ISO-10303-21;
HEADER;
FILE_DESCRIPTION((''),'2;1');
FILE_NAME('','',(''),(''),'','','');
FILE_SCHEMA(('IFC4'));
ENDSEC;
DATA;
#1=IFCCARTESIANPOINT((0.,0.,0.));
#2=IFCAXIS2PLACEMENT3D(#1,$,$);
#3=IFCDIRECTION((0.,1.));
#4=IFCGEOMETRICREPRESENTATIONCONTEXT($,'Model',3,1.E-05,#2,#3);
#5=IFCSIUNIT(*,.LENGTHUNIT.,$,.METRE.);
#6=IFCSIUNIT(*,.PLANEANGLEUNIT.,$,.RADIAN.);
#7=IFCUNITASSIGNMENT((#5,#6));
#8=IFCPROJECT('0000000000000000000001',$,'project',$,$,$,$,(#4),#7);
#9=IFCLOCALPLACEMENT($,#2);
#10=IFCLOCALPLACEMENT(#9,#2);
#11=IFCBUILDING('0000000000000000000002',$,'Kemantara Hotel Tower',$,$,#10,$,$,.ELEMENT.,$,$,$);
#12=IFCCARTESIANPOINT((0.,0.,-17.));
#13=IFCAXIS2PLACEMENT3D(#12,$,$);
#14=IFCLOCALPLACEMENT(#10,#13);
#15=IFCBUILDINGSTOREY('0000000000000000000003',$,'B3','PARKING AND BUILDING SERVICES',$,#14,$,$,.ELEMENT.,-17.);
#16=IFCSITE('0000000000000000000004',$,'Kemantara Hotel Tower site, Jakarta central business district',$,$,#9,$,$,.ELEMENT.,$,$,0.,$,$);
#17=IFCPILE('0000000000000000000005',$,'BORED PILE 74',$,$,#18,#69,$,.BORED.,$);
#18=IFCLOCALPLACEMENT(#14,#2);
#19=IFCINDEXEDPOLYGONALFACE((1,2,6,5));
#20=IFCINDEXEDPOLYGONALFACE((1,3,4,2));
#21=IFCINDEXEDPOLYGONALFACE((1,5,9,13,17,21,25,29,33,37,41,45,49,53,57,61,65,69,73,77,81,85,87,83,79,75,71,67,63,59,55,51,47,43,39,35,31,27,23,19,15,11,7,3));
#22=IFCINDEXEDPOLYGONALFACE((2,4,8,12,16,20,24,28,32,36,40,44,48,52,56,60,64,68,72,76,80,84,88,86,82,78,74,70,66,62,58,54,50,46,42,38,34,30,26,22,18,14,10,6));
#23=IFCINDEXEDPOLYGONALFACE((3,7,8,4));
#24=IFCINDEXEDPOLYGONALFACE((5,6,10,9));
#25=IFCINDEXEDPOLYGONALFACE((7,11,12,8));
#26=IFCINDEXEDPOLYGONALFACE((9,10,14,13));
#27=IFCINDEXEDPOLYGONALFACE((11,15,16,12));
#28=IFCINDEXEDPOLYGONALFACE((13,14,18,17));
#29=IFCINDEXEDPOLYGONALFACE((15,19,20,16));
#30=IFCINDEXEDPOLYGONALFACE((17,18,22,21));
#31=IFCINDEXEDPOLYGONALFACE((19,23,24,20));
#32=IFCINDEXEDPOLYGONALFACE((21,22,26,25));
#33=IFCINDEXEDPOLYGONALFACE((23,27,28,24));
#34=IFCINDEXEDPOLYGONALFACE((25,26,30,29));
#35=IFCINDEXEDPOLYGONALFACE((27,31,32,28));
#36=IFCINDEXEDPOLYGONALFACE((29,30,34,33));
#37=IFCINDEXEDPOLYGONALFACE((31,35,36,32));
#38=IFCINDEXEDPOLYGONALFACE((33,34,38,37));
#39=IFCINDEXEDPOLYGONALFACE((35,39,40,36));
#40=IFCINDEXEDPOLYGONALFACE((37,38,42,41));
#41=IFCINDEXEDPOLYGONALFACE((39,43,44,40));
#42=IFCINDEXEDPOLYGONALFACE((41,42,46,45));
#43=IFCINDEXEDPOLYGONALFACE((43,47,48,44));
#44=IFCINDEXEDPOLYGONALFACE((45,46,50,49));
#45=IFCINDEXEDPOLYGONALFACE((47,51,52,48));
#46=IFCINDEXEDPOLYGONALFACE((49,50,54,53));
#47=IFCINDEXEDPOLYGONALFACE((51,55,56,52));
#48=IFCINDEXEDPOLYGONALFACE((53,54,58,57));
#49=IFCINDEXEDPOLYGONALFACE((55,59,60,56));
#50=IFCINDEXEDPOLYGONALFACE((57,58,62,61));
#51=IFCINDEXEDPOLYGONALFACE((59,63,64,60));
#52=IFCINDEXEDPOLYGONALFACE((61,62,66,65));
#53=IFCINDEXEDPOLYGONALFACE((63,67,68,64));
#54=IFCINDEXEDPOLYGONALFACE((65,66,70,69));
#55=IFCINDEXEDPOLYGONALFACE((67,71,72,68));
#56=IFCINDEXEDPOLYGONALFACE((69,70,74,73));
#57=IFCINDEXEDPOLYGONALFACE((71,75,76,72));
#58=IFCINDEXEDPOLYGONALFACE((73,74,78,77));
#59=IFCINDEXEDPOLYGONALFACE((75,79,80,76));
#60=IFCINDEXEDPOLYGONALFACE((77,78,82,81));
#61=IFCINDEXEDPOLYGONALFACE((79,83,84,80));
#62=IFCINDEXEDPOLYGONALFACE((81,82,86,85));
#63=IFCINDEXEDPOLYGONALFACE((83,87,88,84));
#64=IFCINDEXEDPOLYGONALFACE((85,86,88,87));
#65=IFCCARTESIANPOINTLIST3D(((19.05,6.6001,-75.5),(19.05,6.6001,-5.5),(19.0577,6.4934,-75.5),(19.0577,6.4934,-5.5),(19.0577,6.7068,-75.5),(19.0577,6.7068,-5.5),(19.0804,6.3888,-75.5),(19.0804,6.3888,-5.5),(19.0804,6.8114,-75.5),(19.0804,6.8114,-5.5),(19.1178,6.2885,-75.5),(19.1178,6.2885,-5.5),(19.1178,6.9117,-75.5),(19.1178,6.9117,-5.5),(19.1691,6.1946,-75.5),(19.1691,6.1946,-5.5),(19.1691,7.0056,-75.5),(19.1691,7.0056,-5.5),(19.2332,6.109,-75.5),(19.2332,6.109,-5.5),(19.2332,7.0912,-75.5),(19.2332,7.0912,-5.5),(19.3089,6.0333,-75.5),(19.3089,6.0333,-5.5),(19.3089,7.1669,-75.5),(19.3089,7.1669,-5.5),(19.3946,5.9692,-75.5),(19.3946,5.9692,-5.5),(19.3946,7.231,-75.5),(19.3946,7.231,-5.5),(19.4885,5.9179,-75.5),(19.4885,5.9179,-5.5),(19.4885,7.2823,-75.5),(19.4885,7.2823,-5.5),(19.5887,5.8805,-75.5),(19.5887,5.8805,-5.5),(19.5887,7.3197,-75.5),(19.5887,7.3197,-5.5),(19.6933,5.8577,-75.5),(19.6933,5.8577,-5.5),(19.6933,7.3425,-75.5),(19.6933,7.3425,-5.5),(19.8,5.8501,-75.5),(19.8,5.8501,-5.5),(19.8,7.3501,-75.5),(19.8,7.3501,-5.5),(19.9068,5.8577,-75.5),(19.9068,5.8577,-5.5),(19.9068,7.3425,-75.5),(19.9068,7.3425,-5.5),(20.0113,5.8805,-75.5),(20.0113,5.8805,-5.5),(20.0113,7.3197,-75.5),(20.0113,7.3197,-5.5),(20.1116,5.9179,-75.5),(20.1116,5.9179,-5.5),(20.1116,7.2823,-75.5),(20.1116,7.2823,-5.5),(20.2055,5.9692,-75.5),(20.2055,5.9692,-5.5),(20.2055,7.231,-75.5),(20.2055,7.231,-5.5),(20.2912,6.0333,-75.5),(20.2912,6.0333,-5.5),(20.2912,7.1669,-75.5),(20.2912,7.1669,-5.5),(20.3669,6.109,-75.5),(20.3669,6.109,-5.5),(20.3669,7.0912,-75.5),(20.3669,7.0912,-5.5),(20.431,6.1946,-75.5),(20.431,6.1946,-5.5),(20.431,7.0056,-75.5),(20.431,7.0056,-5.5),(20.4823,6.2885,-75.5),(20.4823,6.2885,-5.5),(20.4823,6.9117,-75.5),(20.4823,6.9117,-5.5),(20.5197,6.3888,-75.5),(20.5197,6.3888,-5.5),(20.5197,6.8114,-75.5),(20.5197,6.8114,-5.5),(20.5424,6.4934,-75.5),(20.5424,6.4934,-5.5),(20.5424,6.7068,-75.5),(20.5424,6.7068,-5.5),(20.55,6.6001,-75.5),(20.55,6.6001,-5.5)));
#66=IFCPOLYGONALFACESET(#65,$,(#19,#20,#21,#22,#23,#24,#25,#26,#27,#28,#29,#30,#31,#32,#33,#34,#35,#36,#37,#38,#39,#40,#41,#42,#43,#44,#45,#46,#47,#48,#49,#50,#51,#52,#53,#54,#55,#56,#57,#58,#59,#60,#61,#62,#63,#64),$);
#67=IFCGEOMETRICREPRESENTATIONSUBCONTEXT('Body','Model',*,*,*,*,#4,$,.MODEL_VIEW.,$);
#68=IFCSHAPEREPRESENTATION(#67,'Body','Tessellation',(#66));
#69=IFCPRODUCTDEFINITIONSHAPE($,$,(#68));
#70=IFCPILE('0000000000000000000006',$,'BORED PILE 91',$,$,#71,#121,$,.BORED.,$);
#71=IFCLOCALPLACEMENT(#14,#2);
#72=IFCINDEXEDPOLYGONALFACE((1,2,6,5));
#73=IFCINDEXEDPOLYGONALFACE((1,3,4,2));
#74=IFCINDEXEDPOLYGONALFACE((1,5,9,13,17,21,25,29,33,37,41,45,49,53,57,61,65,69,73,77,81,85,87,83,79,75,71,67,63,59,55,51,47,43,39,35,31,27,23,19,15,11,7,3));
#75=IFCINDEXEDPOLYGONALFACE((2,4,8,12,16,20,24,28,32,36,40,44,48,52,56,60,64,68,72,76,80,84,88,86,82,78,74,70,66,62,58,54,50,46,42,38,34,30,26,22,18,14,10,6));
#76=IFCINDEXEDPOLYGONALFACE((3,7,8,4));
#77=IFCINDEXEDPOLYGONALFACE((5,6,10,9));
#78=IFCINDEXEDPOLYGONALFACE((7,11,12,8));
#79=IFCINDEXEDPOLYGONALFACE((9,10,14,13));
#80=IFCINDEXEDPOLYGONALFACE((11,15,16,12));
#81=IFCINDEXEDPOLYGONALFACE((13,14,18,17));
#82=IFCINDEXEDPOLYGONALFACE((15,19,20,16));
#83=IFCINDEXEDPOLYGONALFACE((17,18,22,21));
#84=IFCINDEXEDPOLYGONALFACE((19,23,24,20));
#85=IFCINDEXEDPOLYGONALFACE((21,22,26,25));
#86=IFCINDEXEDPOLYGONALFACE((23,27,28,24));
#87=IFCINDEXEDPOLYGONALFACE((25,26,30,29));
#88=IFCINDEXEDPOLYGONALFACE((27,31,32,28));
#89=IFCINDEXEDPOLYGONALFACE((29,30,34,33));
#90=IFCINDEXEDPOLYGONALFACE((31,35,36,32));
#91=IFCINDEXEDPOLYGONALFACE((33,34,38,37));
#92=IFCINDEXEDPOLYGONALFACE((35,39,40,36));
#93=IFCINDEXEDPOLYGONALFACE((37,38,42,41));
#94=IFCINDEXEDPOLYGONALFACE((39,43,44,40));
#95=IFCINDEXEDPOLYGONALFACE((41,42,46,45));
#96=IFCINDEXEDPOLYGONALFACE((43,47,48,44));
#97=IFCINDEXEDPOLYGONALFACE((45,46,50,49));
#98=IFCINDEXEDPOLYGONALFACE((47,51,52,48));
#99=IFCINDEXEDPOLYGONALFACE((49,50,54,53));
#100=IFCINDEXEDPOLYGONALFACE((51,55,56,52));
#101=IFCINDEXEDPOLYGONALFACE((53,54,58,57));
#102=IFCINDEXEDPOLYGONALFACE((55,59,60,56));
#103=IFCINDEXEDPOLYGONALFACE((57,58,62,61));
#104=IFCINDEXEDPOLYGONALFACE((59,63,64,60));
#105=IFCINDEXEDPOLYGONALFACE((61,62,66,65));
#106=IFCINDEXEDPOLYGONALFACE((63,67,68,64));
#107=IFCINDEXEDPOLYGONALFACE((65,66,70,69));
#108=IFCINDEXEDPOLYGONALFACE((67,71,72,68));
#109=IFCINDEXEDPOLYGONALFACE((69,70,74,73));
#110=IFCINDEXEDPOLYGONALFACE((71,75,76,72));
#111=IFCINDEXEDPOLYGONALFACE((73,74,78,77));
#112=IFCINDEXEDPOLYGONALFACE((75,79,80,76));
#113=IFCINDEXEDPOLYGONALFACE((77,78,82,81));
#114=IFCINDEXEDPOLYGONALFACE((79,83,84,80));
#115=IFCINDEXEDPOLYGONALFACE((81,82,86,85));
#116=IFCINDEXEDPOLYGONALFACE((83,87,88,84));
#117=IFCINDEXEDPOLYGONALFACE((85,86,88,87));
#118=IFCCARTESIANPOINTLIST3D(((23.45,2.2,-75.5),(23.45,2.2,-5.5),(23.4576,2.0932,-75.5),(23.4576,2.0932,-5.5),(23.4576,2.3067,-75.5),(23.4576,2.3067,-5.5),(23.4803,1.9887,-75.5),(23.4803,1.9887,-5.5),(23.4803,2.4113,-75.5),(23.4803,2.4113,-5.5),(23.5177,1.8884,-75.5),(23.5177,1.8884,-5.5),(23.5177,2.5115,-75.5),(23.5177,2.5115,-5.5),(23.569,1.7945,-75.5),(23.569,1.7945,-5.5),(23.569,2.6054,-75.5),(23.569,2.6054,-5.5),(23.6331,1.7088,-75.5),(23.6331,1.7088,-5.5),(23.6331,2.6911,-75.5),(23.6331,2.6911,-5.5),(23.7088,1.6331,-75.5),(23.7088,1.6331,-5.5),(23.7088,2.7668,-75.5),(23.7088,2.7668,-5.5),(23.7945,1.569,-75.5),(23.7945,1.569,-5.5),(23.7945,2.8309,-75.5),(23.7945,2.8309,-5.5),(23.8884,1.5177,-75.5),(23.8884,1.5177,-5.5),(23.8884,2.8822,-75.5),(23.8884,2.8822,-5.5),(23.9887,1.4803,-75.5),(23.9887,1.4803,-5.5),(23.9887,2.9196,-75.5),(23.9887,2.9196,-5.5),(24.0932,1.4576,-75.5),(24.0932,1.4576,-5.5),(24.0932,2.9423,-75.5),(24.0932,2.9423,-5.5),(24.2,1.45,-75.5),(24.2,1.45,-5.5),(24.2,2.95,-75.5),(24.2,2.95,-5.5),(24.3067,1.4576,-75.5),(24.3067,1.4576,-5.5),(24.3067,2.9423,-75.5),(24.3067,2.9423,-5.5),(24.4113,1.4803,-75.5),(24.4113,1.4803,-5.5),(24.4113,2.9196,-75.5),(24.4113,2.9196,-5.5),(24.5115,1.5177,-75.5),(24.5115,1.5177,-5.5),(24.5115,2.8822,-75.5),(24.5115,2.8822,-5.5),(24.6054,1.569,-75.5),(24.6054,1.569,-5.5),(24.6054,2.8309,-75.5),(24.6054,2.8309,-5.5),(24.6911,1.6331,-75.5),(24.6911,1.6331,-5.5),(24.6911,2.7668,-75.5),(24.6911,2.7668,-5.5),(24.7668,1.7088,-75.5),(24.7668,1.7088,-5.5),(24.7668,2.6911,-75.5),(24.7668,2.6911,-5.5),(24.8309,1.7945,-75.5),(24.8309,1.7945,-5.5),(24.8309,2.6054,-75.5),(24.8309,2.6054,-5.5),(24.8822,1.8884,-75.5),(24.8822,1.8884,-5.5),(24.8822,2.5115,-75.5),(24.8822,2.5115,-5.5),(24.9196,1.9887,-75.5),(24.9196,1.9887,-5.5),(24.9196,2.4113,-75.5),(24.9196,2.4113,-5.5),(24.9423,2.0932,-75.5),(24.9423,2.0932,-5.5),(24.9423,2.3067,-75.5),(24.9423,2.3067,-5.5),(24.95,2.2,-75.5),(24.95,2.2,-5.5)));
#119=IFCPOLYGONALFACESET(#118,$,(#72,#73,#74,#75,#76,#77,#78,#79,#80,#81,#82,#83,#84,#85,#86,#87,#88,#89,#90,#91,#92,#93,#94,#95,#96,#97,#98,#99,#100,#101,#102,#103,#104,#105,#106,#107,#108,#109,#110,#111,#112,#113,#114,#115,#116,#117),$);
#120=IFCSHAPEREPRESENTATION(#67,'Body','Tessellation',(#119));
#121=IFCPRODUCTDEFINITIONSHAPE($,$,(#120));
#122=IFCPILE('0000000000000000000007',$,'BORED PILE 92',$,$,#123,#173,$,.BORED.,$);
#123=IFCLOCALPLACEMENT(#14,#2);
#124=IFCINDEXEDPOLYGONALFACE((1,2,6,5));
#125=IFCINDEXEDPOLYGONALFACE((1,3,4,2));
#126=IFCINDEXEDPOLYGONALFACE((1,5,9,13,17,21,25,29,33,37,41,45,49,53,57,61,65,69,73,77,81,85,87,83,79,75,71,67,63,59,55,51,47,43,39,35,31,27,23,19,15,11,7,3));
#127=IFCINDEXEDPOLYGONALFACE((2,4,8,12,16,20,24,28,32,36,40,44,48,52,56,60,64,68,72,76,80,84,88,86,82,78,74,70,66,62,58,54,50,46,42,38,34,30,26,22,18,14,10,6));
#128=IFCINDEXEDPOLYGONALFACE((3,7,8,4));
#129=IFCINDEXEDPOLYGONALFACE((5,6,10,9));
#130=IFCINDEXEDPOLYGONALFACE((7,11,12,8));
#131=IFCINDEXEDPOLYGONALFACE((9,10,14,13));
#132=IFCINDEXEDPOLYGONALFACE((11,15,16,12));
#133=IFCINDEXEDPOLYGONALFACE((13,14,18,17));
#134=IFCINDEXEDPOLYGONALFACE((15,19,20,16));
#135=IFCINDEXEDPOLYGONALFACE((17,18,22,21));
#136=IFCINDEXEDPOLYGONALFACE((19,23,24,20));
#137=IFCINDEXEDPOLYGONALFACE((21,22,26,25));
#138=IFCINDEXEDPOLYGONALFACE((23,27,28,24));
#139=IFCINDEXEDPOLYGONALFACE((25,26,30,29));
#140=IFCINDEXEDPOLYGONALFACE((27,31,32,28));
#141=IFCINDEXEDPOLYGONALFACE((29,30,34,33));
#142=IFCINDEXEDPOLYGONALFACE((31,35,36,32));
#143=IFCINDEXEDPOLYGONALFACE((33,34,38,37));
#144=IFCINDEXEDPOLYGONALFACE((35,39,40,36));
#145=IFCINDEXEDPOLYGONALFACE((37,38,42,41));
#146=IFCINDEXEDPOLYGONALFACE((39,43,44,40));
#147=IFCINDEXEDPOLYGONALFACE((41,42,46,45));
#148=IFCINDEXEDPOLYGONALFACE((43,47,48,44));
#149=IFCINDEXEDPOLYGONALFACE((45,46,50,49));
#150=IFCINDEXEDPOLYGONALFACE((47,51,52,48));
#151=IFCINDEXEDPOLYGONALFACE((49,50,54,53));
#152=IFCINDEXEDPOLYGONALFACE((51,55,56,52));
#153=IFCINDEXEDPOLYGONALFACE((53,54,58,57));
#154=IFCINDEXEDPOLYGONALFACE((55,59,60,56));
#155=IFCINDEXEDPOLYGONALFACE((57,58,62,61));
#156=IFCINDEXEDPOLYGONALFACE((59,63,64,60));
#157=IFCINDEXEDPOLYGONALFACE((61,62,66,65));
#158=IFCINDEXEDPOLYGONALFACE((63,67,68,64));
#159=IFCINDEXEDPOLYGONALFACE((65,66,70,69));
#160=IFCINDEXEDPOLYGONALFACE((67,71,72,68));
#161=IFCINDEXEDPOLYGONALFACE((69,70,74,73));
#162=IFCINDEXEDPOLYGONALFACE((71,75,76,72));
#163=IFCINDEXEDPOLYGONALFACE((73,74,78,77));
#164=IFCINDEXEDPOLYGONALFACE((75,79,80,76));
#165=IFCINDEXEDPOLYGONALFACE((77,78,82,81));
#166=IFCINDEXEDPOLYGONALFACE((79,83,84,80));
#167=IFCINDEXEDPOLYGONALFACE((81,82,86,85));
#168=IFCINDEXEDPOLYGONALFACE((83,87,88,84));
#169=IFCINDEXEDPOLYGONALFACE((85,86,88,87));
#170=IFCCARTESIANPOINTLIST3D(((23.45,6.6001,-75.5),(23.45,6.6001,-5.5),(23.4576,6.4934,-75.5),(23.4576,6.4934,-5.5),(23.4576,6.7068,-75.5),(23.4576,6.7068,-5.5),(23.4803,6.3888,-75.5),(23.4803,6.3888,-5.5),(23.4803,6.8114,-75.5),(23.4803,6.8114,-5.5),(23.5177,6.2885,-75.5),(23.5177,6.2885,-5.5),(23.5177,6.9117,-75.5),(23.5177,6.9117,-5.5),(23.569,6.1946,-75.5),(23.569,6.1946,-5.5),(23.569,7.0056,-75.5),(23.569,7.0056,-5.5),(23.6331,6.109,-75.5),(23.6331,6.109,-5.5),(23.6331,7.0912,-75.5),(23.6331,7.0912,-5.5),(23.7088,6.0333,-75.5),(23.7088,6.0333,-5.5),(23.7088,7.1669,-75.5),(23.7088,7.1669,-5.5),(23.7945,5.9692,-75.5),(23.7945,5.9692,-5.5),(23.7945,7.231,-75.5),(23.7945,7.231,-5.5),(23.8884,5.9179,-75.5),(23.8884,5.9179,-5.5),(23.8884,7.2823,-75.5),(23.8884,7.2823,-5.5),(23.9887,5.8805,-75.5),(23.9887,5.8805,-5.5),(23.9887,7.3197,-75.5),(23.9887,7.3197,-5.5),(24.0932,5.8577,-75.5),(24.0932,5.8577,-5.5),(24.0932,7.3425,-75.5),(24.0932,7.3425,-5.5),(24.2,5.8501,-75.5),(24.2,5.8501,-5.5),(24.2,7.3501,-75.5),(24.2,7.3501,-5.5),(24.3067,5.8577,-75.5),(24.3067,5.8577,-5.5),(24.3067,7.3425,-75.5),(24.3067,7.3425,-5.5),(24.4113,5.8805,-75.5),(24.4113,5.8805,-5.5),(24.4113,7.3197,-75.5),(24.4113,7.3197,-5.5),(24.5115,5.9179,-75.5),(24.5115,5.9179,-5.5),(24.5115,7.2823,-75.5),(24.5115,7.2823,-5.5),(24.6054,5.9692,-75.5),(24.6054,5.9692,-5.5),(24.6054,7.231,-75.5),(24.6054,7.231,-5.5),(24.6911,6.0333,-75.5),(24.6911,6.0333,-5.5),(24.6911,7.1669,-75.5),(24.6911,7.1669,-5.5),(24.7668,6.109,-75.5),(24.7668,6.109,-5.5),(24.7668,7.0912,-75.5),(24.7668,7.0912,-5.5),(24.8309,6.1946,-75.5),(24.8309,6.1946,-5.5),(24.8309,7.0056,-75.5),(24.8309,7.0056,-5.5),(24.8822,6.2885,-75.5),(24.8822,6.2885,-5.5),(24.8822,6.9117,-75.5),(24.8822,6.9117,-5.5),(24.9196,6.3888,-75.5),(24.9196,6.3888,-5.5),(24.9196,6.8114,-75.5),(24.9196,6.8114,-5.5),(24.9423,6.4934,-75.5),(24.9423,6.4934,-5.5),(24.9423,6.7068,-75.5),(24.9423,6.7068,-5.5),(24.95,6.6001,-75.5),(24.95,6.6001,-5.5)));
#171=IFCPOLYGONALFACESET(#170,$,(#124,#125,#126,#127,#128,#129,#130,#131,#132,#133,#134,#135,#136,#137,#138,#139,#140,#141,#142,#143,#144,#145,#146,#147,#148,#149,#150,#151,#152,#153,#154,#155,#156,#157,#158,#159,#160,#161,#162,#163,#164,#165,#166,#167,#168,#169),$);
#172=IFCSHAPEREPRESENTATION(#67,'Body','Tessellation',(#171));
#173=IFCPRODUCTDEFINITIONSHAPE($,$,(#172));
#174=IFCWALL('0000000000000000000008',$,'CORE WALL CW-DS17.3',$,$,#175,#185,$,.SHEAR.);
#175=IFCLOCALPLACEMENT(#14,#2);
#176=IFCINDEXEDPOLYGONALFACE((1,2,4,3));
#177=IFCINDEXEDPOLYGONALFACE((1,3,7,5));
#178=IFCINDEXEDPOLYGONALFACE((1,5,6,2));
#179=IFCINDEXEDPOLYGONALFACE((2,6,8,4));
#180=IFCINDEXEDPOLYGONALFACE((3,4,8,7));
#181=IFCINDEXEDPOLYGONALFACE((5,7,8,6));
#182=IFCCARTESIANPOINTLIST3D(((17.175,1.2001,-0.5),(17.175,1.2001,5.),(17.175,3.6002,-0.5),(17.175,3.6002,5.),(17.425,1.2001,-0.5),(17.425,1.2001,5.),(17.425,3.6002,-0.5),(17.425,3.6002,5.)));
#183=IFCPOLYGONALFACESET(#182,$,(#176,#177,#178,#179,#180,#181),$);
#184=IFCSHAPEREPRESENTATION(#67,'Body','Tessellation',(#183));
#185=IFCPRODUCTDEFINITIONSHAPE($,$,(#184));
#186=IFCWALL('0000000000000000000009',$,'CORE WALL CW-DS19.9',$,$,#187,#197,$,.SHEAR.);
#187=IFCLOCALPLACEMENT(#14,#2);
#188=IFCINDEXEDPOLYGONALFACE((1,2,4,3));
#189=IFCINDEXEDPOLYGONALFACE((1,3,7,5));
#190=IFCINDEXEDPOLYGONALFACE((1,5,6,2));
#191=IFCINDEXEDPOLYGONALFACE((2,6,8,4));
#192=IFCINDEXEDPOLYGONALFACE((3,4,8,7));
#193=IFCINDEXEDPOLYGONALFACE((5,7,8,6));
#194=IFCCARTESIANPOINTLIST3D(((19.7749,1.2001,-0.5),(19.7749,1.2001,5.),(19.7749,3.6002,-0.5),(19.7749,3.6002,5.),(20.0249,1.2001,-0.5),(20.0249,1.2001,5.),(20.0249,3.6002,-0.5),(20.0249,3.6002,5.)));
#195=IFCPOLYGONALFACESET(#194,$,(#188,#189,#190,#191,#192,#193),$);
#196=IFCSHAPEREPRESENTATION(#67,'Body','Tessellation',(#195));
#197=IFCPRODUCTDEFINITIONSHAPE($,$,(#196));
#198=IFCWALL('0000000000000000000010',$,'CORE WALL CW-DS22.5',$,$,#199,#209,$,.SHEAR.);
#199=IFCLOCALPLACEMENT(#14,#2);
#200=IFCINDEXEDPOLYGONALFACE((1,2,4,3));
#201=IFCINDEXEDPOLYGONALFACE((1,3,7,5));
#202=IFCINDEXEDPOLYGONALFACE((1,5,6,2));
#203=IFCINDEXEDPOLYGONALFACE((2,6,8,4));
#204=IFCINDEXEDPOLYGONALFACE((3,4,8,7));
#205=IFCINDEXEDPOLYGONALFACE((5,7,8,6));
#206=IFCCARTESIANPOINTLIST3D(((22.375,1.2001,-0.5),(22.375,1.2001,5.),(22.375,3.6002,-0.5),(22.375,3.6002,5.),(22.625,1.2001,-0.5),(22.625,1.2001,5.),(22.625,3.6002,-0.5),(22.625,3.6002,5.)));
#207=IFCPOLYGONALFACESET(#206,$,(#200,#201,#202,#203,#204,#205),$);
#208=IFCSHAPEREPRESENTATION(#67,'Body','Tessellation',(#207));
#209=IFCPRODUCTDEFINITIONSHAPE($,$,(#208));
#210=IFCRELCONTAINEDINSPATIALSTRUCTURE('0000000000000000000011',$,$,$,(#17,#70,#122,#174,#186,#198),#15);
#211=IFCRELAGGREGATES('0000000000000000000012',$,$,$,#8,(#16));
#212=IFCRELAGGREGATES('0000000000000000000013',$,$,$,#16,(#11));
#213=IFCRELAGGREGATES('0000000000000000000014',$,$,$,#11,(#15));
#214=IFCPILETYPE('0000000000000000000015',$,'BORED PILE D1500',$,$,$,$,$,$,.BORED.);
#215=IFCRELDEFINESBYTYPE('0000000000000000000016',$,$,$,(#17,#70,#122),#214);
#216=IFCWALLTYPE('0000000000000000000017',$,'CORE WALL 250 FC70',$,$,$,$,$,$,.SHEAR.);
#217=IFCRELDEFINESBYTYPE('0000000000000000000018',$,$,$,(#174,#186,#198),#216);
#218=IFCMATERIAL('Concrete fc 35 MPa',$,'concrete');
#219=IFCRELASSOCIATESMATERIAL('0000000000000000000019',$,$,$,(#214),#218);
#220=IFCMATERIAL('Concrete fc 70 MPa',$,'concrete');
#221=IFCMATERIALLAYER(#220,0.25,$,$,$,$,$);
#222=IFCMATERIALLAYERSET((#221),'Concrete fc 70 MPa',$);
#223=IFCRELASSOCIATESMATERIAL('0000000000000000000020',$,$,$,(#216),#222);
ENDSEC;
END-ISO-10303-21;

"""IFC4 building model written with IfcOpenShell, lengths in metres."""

from ifc_helpers import new_model, si_unit, direction, frame, frame_2d, origin, origin_2d, place, context, subcontext, project, spatial, rectangle, circle, extrude, material, layer, layer_set, material_profile, profile_set, type_object, element, save


model = new_model("IFC4")

# Units and contexts
model_context = context("Model", 3, precision=1e-05, world=origin(), true_north=direction((0.0, 1.0)))
body_context = subcontext(model_context, "Body", "Model", "MODEL_VIEW")
ifc_project = project(units=[si_unit("LENGTHUNIT", "METRE"), si_unit("PLANEANGLEUNIT", "RADIAN")], contexts=[model_context])

# Site, building, storey
site_placement = place(None, origin())
site = spatial("IfcSite", under=ifc_project, at=site_placement, Name="Kemantara Hotel Tower site, Jakarta central business district", CompositionType="ELEMENT", RefElevation=0.0)
building_placement = place(site_placement, origin())
building = spatial("IfcBuilding", under=site, at=building_placement, Name="Kemantara Hotel Tower", CompositionType="ELEMENT")
storey_placement = place(building_placement, frame((0.0, 0.0, -17.0)))
storey = spatial("IfcBuildingStorey", under=building, at=storey_placement, Name="B3", Description="PARKING AND BUILDING SERVICES", CompositionType="ELEMENT", Elevation=-17.0)

# Piles
ifc_material_1 = material(Name="Concrete fc 35 MPa", Category="concrete")
ifc_material_profile = material_profile(ifc_material_1, circle(Radius=0.75, at=origin_2d()), Name="BORED PILE D1500")
ifc_profile_set = profile_set([ifc_material_profile], Name="Concrete fc 35 MPa")
pile_type = type_object("IfcPileType", Name="BORED PILE D1500", PredefinedType="BORED", material=ifc_profile_set)
for number, where, z_axis, x_axis, name in (
    (1, (19.8, 6.6001, -5.5), (0.0, 0.0, -1.0), (1.0, 0.0, 0.0), "BORED PILE 74"),
    (2, (24.2, 2.2, -5.5), (0.0, 0.0, -1.0), (1.0, 0.0, 0.0), "BORED PILE 91"),
    (3, (24.2, 6.6001, -5.5), (0.0, 0.0, -1.0), (1.0, 0.0, 0.0), "BORED PILE 92"),
):
    element("IfcPile", number, at=place(storey_placement, frame(where, z_axis=z_axis, x_axis=x_axis)), inside=storey, type_object=pile_type, Name=name, PredefinedType="BORED", context=body_context, shape_type="SweptSolid", body=[
        extrude(circle(Radius=0.75, at=origin_2d()), origin(), (0.0, 0.0, 1.0), 70.0),
    ])

# Walls
ifc_material_2 = material(Name="Concrete fc 70 MPa", Category="concrete")
ifc_layer_1 = layer(ifc_material_2, 0.25)
ifc_layer_set_1 = layer_set([ifc_layer_1], Name="Concrete fc 70 MPa")
wall_type_1 = type_object("IfcWallType", Name="CORE WALL 250 FC70", PredefinedType="SHEAR", material=ifc_layer_set_1)
for number, where, z_axis, x_axis, name in (
    (4, (17.3, 1.2, -0.5), (0.0, 0.0, 1.0), (0.0, 1.0, 0.0), "CORE WALL CW-DS17.3"),
    (5, (19.8999, 1.2, -0.5), (0.0, 0.0, 1.0), (0.0, 1.0, 0.0), "CORE WALL CW-DS19.9"),
    (6, (22.5, 1.2, -0.5), (0.0, 0.0, 1.0), (0.0, 1.0, 0.0), "CORE WALL CW-DS22.5"),
):
    element("IfcWall", number, at=place(storey_placement, frame(where, z_axis=z_axis, x_axis=x_axis)), inside=storey, type_object=wall_type_1, Name=name, PredefinedType="SHEAR", context=body_context, shape_type="SweptSolid", body=[
        extrude(rectangle(XDim=2.4001, YDim=0.25, at=frame_2d((1.2002, 0.0))), origin(), (0.0, 0.0, 1.0), 5.5),
    ])

save(model, "model.ifc")
